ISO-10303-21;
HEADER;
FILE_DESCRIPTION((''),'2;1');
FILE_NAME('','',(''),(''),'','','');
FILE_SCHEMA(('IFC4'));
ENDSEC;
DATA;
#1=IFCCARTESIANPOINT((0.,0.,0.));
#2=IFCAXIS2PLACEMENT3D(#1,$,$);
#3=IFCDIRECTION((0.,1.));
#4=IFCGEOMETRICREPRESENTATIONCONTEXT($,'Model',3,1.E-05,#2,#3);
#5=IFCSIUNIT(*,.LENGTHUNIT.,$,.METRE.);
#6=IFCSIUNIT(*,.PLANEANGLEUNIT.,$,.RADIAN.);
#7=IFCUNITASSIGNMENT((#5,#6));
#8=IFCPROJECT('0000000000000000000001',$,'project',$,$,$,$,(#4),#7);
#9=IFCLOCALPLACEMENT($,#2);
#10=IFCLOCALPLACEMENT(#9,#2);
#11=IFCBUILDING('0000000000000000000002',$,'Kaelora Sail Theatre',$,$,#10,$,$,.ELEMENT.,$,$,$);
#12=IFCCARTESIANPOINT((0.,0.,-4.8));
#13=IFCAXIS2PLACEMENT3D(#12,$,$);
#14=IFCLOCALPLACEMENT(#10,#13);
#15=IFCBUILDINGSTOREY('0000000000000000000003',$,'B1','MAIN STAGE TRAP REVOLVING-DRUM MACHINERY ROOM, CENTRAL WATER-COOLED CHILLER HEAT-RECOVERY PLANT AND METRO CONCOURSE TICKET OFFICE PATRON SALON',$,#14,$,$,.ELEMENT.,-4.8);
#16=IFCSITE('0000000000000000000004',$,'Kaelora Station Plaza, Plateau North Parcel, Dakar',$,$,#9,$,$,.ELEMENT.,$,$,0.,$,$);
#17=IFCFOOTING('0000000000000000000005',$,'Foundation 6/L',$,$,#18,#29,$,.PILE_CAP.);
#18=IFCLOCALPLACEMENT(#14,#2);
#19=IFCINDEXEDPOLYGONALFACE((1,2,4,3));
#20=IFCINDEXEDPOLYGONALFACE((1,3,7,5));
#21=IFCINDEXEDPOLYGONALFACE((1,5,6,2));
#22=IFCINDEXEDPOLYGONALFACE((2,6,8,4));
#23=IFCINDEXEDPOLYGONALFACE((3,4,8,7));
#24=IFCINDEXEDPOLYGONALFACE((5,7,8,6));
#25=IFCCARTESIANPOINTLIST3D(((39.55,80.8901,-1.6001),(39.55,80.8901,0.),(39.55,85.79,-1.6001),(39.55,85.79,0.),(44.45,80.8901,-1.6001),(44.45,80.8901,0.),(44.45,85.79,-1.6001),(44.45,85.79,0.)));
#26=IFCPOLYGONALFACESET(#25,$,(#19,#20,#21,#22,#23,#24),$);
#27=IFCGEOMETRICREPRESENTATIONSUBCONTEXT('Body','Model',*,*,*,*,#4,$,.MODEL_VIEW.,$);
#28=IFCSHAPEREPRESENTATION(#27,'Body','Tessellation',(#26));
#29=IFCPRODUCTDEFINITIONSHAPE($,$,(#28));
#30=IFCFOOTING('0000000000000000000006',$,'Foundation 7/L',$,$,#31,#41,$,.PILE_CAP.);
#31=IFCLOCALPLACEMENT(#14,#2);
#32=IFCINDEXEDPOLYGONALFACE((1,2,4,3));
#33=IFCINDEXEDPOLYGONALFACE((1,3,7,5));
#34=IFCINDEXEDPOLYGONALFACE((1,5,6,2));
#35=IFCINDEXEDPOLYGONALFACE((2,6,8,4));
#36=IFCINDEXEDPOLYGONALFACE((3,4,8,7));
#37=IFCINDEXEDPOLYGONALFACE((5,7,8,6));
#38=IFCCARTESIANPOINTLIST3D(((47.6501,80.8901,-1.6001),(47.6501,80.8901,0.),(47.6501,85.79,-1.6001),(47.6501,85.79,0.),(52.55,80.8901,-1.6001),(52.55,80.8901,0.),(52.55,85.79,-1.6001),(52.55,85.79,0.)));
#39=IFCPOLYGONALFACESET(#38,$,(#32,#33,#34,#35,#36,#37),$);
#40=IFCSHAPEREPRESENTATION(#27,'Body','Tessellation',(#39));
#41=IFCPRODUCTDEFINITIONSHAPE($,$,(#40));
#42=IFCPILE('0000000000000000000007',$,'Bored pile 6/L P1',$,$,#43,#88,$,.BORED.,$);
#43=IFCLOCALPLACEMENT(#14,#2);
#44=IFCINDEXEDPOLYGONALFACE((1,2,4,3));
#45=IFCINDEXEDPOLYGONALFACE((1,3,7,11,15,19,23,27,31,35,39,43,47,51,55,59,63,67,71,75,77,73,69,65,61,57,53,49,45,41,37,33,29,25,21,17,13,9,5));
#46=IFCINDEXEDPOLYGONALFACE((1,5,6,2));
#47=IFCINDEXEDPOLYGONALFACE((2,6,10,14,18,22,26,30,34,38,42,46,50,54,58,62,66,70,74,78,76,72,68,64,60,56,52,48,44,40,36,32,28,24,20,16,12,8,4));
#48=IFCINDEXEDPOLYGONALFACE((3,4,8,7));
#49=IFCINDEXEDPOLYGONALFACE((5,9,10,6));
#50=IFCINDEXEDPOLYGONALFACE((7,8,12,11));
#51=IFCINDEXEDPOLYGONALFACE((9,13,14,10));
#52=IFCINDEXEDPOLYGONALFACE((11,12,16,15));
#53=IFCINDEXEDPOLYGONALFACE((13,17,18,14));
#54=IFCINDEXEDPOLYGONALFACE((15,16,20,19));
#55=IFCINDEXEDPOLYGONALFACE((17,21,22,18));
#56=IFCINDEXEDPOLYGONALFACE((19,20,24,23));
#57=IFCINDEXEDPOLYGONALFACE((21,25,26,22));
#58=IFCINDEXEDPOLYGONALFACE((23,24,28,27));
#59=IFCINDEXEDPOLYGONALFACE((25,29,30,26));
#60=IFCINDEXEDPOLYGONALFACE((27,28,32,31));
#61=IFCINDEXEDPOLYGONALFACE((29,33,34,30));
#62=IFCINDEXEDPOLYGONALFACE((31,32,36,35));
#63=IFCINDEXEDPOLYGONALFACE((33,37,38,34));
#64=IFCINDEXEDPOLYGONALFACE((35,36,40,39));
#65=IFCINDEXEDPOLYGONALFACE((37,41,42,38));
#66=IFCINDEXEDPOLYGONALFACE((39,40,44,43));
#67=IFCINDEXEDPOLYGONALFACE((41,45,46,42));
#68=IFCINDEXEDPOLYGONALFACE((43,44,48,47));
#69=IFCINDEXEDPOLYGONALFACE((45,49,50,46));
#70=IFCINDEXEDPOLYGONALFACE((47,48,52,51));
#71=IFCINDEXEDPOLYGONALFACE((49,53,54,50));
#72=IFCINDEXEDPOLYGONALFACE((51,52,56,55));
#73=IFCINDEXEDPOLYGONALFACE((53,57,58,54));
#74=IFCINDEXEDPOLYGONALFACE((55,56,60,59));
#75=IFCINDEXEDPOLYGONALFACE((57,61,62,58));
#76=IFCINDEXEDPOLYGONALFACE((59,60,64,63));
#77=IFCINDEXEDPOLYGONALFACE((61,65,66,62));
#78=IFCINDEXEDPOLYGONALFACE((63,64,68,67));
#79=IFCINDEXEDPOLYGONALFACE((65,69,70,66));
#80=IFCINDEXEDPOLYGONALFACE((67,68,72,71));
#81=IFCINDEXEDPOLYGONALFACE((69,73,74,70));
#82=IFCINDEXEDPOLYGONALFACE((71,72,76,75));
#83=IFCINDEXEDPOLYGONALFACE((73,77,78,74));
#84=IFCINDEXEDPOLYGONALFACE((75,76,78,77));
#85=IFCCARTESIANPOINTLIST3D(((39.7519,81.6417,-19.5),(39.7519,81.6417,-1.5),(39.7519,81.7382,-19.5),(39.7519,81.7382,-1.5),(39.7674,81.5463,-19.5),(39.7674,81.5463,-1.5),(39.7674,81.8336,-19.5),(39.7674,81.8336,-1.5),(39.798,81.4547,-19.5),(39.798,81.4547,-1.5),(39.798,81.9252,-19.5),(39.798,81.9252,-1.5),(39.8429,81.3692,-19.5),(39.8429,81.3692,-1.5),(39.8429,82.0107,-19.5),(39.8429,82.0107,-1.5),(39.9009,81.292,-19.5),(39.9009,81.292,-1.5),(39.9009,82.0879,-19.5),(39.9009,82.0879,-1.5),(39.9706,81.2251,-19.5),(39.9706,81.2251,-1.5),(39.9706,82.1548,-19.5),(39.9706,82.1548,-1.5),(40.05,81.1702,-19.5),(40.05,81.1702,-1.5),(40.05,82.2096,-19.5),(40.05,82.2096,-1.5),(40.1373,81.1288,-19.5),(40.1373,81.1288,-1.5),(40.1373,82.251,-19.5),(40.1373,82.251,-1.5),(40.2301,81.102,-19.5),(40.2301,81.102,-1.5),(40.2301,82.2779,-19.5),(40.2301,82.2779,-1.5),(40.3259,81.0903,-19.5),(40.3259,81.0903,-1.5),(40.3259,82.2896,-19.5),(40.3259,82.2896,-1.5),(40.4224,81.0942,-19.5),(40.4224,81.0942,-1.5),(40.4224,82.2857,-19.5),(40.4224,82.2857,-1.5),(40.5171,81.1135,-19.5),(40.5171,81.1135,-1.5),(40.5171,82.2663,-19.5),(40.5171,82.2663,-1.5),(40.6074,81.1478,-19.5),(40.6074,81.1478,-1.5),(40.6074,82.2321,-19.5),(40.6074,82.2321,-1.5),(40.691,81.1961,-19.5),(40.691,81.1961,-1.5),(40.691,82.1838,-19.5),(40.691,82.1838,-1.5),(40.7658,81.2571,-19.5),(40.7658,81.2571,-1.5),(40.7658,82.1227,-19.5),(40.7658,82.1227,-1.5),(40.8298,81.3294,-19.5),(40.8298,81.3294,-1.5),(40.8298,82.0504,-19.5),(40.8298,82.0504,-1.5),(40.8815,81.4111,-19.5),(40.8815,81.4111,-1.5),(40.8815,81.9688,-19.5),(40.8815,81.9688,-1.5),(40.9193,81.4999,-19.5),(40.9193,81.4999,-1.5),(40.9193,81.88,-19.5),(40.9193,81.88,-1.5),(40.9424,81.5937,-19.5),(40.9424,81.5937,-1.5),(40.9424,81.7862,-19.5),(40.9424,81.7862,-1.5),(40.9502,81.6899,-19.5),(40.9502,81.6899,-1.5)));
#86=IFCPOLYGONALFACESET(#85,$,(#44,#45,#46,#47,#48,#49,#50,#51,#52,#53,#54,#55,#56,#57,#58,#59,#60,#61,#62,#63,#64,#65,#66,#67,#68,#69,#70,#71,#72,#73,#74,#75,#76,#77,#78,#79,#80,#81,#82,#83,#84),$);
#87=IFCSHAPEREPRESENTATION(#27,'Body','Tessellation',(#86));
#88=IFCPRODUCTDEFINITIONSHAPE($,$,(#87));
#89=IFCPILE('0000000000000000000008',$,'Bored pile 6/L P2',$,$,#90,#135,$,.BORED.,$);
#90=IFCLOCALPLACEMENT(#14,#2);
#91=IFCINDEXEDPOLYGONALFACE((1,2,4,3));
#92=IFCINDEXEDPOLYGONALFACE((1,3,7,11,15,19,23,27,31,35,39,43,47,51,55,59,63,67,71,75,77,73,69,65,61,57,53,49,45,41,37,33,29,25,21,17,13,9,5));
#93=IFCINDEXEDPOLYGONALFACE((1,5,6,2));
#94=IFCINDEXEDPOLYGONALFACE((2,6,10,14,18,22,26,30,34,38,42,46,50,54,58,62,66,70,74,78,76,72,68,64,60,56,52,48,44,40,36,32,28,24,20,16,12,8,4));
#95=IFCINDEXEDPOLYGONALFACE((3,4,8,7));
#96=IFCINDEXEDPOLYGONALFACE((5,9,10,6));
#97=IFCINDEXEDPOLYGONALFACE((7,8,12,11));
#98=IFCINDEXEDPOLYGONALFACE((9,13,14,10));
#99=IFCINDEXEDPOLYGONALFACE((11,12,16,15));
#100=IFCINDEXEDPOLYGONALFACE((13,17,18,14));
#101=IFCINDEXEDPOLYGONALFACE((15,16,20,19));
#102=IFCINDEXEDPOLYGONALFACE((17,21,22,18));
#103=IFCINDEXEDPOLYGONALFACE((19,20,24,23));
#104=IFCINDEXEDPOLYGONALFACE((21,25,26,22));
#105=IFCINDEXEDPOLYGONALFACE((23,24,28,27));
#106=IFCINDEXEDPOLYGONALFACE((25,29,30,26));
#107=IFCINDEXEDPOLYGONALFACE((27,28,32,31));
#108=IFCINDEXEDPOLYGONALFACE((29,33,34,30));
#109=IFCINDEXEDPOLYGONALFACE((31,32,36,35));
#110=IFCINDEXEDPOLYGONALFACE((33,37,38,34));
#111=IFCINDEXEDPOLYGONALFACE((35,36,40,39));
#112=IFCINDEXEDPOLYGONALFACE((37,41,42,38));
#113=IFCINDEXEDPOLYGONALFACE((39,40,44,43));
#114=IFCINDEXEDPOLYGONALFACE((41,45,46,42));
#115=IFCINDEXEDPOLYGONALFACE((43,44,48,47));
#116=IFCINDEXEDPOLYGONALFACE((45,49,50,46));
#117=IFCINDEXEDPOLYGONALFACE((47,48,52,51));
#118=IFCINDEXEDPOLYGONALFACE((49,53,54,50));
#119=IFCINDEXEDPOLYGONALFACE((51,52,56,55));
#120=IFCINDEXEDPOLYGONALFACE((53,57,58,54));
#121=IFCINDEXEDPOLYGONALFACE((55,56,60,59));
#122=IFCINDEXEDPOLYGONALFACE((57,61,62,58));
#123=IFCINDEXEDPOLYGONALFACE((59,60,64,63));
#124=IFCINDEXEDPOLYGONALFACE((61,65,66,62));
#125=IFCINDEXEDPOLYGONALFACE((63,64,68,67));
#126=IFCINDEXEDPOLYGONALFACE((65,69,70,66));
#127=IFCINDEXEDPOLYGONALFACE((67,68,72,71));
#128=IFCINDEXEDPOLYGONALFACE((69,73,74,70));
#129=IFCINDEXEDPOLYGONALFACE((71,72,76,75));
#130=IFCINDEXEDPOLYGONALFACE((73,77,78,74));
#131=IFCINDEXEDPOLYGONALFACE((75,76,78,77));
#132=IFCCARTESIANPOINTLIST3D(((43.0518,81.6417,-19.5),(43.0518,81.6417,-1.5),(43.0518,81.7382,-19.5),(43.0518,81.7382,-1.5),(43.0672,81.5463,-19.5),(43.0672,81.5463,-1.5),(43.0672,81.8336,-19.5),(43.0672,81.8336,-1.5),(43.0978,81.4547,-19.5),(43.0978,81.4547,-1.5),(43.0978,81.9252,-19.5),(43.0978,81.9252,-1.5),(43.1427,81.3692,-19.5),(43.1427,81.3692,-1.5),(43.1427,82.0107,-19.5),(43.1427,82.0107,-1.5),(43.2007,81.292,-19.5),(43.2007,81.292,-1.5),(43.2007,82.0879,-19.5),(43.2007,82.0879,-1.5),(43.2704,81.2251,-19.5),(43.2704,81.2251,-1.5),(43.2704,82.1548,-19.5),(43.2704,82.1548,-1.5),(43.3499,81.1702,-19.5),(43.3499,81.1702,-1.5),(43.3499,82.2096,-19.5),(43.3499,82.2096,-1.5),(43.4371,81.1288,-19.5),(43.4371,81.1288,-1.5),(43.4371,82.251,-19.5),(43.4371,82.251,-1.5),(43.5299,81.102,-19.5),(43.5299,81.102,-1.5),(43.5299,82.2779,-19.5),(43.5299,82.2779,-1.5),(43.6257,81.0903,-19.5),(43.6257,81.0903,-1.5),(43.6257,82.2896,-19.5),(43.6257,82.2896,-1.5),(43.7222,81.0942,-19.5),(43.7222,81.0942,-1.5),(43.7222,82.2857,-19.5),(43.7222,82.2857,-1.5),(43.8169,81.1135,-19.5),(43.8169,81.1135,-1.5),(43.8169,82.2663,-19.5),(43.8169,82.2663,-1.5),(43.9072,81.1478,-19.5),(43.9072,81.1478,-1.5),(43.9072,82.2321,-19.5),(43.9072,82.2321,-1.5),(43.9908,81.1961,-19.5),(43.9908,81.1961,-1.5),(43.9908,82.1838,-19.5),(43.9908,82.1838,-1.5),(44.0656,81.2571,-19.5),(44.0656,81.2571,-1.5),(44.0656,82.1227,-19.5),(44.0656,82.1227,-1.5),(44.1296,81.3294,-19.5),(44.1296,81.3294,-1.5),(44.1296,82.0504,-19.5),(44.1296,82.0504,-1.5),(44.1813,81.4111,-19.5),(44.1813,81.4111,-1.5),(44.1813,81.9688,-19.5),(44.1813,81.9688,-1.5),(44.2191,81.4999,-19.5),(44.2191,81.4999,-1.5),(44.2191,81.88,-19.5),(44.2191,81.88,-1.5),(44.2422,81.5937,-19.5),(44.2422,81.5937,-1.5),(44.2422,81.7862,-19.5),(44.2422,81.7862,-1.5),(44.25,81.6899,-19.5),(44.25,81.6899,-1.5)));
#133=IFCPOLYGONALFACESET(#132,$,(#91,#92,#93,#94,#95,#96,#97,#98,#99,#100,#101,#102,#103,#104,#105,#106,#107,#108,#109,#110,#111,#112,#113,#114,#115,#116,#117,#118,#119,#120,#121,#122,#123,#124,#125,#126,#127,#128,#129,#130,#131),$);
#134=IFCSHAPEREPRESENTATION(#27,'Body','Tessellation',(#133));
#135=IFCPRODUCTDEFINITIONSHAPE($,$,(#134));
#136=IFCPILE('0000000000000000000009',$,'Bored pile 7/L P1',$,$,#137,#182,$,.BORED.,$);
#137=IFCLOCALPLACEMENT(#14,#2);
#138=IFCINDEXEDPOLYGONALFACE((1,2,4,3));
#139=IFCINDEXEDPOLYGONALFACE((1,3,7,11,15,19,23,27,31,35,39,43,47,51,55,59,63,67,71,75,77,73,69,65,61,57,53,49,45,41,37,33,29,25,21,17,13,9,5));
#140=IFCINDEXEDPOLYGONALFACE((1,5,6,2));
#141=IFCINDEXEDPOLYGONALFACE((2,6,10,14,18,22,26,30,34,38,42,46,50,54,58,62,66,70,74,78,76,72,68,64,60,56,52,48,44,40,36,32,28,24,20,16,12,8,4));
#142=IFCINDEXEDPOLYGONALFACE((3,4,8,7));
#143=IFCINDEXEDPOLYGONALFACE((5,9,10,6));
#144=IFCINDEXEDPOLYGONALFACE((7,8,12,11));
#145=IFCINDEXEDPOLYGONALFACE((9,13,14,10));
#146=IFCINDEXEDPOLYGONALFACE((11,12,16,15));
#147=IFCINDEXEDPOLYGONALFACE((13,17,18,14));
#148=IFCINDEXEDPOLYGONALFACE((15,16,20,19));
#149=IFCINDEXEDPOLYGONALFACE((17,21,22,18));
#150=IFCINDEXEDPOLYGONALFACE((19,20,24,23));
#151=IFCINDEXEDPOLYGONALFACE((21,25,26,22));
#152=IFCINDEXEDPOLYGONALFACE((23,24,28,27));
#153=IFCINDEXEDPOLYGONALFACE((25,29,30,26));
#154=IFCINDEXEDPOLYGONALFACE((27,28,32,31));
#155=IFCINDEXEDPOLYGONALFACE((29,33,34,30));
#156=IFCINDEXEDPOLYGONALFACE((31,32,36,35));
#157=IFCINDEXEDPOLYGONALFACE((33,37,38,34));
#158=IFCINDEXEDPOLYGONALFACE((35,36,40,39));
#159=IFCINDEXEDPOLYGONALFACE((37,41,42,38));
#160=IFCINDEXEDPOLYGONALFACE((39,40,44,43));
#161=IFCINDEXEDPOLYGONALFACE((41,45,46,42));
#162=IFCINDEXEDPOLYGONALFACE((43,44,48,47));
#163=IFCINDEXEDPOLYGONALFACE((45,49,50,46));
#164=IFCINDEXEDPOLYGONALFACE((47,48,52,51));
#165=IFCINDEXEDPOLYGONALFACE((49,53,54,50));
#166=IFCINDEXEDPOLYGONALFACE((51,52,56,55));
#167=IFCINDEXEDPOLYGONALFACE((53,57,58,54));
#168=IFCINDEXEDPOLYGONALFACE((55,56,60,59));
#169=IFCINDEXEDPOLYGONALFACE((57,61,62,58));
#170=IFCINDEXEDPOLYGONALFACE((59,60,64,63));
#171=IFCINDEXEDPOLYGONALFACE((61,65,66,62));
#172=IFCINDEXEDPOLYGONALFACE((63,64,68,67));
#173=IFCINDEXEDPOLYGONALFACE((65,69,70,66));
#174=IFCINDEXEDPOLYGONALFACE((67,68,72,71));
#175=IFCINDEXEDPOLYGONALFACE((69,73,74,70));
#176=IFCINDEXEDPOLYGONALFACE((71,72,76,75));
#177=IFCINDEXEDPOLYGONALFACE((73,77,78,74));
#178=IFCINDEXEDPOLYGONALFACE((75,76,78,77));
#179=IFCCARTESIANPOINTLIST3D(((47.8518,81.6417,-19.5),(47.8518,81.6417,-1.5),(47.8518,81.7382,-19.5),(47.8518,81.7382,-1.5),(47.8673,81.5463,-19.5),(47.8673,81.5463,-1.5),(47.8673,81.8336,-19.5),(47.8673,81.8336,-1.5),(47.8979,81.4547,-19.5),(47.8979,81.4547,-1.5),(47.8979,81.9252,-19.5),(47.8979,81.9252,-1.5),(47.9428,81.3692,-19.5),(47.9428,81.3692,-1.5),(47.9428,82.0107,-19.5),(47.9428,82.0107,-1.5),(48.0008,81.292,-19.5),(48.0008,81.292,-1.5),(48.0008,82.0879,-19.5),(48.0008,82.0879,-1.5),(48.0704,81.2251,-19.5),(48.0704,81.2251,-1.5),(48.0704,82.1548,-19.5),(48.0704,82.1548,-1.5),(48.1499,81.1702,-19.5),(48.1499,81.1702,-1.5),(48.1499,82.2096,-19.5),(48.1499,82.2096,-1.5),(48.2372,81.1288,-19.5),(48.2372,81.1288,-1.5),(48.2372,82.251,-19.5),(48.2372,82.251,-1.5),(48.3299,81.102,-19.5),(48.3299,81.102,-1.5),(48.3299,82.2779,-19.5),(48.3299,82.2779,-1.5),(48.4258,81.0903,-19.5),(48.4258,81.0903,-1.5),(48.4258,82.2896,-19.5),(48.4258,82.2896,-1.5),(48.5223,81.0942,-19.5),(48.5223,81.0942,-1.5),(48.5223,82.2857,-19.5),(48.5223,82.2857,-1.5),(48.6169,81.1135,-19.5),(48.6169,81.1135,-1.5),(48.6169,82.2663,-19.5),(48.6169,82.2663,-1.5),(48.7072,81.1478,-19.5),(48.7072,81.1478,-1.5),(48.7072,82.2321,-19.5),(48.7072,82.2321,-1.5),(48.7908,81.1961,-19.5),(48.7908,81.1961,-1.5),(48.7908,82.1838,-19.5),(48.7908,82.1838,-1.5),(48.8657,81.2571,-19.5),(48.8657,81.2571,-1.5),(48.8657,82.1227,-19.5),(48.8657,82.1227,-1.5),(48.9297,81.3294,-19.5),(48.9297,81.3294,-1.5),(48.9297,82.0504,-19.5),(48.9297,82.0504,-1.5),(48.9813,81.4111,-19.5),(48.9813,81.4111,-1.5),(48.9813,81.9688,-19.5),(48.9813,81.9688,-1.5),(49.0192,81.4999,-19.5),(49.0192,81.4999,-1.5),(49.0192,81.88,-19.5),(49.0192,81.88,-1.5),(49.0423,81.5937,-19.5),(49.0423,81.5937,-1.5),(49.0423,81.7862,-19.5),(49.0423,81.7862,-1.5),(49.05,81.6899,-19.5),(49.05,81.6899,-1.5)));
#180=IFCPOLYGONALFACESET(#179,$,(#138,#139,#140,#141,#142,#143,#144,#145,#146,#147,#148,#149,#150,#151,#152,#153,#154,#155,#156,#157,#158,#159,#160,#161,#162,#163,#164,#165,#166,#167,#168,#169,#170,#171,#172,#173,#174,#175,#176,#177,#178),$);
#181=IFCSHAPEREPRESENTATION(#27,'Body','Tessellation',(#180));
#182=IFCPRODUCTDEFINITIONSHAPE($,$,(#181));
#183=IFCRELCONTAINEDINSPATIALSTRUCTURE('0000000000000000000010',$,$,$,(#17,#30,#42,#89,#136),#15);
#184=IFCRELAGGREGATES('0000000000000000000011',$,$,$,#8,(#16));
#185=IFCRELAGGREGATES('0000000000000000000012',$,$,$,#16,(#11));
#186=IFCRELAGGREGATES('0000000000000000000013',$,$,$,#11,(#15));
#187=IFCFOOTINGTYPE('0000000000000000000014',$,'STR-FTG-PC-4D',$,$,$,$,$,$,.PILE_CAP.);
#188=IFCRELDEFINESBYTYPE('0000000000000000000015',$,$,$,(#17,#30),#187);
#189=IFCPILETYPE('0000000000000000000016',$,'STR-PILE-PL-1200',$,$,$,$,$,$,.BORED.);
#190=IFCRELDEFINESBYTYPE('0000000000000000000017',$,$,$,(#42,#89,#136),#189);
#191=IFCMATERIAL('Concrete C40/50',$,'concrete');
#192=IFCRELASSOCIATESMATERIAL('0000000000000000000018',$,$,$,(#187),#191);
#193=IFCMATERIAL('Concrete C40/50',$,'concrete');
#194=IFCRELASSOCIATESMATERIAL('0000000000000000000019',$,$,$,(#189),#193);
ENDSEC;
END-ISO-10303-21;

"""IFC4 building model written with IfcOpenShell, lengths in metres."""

from ifc_helpers import new_model, si_unit, direction, frame, origin, origin_2d, place, context, subcontext, project, spatial, rectangle, circle, extrude, material, material_profile, profile_set, type_object, element, save


model = new_model("IFC4")

# Units and contexts
model_context = context("Model", 3, precision=1e-05, world=origin(), true_north=direction((0.0, 1.0)))
body_context = subcontext(model_context, "Body", "Model", "MODEL_VIEW")
ifc_project = project(units=[si_unit("LENGTHUNIT", "METRE"), si_unit("PLANEANGLEUNIT", "RADIAN")], contexts=[model_context])

# Site, building, storey
site_placement = place(None, origin())
site = spatial("IfcSite", under=ifc_project, at=site_placement, Name="Kaelora Station Plaza, Plateau North Parcel, Dakar", CompositionType="ELEMENT", RefElevation=0.0)
building_placement = place(site_placement, origin())
building = spatial("IfcBuilding", under=site, at=building_placement, Name="Kaelora Sail Theatre", CompositionType="ELEMENT")
storey_placement = place(building_placement, frame((0.0, 0.0, -4.8)))
storey = spatial("IfcBuildingStorey", under=building, at=storey_placement, Name="B1", Description="MAIN STAGE TRAP REVOLVING-DRUM MACHINERY ROOM, CENTRAL WATER-COOLED CHILLER HEAT-RECOVERY PLANT AND METRO CONCOURSE TICKET OFFICE PATRON SALON", CompositionType="ELEMENT", Elevation=-4.8)

# Footings
ifc_material_1 = material(Name="Concrete C40/50", Category="concrete")
footing_type = type_object("IfcFootingType", Name="STR-FTG-PC-4D", PredefinedType="PILE_CAP", material=ifc_material_1)
for number, where, z_axis, x_axis, name in (
    (1, (42.0, 83.3401, -1.6001), (0.0, 0.0, 1.0), (1.0, 0.0, 0.0), "Foundation 6/L"),
    (2, (50.1001, 83.3401, -1.6001), (0.0, 0.0, 1.0), (1.0, 0.0, 0.0), "Foundation 7/L"),
):
    element("IfcFooting", number, at=place(storey_placement, frame(where, z_axis=z_axis, x_axis=x_axis)), inside=storey, type_object=footing_type, Name=name, PredefinedType="PILE_CAP", context=body_context, shape_type="SweptSolid", body=[
        extrude(rectangle(XDim=4.8999, YDim=4.8999, at=origin_2d()), origin(), (0.0, 0.0, 1.0), 1.6001),
    ])

# Piles
ifc_material_2 = material(Name="Concrete C40/50", Category="concrete")
ifc_material_profile_1 = material_profile(ifc_material_2, circle(Radius=0.6001, at=origin_2d()), Name="PILE D1200")
ifc_profile_set_1 = profile_set([ifc_material_profile_1], Name="Concrete C40/50")
pile_type = type_object("IfcPileType", Name="STR-PILE-PL-1200", PredefinedType="BORED", material=ifc_profile_set_1)
for number, where, z_axis, x_axis, name in (
    (3, (40.3501, 81.6899, -1.5), (0.0, 0.0, -1.0), (1.0, 0.0, 0.0), "Bored pile 6/L P1"),
    (4, (43.6499, 81.6899, -1.5), (0.0, 0.0, -1.0), (1.0, 0.0, 0.0), "Bored pile 6/L P2"),
    (5, (48.45, 81.6899, -1.5), (0.0, 0.0, -1.0), (1.0, 0.0, 0.0), "Bored pile 7/L P1"),
):
    element("IfcPile", number, at=place(storey_placement, frame(where, z_axis=z_axis, x_axis=x_axis)), inside=storey, type_object=pile_type, Name=name, PredefinedType="BORED", context=body_context, shape_type="SweptSolid", body=[
        extrude(circle(Radius=0.6001, at=origin_2d()), origin(), (0.0, 0.0, 1.0), 18.0),
    ])

save(model, "model.ifc")
